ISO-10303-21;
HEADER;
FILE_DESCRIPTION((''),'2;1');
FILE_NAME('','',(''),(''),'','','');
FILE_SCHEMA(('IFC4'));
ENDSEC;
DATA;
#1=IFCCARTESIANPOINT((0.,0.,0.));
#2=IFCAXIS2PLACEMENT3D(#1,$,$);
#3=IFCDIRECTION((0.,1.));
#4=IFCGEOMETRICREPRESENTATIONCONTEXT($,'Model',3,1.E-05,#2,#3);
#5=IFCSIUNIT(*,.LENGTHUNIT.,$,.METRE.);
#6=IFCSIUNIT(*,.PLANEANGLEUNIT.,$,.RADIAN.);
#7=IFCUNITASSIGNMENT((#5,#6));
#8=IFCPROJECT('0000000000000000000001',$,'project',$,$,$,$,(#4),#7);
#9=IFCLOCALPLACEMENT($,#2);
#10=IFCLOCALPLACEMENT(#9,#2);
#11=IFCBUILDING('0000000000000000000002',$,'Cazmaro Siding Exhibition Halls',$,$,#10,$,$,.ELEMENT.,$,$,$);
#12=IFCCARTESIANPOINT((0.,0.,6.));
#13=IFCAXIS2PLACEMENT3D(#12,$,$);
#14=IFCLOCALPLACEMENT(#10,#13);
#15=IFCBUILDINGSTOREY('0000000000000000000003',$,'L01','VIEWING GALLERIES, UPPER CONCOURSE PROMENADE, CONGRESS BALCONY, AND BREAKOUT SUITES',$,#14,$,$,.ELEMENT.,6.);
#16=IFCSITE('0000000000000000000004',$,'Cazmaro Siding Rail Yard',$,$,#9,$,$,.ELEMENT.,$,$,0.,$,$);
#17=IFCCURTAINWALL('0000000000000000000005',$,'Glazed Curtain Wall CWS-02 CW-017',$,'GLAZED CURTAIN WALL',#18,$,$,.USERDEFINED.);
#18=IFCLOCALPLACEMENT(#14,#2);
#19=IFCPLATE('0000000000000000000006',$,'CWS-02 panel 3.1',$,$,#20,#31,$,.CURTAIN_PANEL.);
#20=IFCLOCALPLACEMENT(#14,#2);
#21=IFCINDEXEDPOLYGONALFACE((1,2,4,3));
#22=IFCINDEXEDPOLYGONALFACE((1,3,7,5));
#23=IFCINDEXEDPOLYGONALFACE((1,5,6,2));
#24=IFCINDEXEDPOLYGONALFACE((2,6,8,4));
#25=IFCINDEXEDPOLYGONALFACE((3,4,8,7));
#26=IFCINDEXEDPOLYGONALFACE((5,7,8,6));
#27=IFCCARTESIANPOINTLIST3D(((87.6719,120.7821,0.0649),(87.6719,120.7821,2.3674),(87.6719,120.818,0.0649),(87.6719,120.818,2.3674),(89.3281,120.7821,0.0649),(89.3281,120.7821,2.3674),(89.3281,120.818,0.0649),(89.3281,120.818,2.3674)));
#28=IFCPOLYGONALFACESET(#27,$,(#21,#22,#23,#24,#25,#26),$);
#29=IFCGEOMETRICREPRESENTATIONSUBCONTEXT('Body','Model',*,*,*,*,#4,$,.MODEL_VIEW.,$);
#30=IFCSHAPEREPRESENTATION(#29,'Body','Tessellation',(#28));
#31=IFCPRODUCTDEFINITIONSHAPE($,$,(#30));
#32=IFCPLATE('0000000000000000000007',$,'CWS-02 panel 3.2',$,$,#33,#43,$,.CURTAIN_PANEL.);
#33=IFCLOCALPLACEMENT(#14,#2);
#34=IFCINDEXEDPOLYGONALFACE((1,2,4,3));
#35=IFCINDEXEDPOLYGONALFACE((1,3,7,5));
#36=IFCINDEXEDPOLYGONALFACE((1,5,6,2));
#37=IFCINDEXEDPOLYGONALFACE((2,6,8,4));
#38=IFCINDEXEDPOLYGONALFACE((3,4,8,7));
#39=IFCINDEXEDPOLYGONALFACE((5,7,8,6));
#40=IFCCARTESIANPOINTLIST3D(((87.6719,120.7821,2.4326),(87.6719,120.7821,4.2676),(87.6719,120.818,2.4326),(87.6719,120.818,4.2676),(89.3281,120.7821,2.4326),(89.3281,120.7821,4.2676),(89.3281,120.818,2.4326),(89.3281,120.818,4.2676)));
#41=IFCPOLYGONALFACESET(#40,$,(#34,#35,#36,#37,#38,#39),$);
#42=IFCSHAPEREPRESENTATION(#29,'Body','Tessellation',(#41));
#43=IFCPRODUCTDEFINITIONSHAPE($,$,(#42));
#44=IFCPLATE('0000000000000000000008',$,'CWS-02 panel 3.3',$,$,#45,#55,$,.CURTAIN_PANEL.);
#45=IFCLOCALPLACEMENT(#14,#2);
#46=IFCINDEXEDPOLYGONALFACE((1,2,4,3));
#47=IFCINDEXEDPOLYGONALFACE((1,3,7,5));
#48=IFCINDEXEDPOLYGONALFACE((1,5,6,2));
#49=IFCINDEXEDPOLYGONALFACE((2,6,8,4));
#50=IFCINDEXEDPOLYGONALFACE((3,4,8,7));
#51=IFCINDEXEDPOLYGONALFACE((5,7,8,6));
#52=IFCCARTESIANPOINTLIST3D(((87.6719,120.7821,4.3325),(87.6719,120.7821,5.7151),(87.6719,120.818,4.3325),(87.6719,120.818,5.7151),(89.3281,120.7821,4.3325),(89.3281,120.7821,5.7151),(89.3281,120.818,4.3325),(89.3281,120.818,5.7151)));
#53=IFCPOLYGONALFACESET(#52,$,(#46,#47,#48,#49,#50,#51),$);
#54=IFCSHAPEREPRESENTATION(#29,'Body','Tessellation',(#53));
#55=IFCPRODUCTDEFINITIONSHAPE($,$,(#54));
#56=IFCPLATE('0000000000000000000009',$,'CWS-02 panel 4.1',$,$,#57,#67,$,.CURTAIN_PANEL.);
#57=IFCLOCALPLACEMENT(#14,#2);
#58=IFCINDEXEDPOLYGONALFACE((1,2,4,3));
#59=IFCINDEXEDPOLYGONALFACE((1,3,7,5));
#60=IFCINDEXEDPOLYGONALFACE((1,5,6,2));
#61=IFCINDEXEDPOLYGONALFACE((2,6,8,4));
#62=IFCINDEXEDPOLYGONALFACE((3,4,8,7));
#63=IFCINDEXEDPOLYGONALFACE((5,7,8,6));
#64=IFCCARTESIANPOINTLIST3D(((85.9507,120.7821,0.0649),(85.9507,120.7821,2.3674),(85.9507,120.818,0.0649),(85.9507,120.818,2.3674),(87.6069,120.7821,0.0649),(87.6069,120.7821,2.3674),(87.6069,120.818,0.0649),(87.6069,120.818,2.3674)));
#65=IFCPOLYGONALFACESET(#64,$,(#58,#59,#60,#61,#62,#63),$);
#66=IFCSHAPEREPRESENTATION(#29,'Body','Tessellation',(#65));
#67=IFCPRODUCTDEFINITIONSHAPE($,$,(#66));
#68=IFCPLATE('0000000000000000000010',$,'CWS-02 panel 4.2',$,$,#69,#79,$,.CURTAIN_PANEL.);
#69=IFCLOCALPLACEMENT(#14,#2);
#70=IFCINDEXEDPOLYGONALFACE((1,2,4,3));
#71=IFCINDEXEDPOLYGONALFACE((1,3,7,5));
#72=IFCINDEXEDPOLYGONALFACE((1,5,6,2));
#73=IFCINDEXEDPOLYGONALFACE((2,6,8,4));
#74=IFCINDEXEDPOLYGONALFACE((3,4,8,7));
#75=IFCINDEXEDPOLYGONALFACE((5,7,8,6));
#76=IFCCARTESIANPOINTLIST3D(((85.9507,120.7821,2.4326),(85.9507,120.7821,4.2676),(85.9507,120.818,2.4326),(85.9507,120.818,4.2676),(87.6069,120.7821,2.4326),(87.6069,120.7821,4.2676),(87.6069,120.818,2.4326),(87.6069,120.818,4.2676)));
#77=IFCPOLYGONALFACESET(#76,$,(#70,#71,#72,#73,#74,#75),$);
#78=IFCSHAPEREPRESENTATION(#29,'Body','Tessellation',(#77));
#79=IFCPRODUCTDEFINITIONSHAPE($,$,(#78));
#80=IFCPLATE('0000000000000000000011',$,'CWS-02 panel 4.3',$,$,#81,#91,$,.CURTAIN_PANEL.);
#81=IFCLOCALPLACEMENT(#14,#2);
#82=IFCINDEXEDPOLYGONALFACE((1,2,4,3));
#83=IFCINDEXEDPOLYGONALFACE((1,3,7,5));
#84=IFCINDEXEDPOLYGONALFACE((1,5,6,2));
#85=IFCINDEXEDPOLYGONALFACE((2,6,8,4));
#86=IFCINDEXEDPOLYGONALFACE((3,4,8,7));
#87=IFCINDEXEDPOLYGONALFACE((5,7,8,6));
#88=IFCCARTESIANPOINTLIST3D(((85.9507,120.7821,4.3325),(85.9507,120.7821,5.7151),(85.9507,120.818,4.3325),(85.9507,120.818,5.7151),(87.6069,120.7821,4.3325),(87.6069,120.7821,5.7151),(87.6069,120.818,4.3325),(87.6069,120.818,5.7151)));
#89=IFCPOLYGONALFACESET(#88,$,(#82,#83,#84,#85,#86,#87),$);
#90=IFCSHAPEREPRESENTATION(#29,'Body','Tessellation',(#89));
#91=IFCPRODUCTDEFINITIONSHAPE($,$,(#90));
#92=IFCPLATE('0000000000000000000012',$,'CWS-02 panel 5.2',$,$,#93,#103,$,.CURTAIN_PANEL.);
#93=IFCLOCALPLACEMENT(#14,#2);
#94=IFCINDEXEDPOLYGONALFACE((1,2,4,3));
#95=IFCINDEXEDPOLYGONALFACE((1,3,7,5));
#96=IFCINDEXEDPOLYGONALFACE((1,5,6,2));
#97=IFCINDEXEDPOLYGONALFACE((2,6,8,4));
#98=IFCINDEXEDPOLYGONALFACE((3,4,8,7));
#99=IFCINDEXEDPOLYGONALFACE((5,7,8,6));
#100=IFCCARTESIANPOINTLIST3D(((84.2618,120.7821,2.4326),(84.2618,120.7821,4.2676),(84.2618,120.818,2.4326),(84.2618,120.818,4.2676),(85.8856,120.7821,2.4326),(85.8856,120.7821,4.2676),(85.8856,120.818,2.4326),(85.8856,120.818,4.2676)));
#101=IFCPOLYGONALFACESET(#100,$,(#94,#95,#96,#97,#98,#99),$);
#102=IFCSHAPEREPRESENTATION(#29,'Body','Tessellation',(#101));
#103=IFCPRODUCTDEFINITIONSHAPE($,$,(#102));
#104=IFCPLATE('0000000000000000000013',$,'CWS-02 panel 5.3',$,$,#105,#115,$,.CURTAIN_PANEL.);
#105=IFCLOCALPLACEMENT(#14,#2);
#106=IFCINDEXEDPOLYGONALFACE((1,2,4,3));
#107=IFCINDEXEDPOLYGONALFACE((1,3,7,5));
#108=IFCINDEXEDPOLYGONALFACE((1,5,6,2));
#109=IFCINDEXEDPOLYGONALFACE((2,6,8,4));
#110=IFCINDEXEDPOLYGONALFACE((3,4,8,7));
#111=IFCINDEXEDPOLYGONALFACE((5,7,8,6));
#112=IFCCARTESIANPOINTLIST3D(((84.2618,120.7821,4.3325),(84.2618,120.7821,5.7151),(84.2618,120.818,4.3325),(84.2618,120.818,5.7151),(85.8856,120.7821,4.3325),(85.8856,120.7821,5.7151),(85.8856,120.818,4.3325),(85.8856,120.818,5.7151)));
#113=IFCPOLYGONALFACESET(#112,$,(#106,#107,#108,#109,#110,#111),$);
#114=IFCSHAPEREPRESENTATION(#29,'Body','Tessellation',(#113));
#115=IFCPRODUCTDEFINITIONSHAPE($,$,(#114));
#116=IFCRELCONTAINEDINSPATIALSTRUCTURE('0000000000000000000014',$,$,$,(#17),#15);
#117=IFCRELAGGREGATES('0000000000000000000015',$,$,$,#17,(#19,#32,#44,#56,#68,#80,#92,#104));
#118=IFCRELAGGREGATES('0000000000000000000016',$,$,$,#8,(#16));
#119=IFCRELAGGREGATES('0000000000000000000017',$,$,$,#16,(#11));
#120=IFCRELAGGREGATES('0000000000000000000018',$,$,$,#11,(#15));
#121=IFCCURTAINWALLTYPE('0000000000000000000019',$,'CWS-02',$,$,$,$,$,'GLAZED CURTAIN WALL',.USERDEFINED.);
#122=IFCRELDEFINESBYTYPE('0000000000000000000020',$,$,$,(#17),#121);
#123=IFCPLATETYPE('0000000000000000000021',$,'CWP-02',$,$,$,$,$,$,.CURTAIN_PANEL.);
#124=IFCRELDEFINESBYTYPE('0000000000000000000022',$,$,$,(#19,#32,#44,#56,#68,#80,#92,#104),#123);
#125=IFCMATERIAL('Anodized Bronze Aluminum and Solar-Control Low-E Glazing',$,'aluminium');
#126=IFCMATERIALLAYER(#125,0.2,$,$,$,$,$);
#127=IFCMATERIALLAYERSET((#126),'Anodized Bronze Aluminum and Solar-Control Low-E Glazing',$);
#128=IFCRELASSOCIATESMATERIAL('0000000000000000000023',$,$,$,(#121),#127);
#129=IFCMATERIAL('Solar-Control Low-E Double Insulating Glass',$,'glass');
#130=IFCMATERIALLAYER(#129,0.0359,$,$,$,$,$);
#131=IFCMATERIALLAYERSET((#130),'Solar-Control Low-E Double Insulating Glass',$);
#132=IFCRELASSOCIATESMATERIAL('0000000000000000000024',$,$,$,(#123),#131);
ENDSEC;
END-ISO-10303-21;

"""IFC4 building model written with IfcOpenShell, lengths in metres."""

from ifc_helpers import new_model, si_unit, direction, frame, origin, origin_2d, place, context, subcontext, project, spatial, rectangle, extrude, material, layer, layer_set, type_object, element, aggregate, save


model = new_model("IFC4")

# Units and contexts
model_context = context("Model", 3, precision=1e-05, world=origin(), true_north=direction((0.0, 1.0)))
body_context = subcontext(model_context, "Body", "Model", "MODEL_VIEW")
ifc_project = project(units=[si_unit("LENGTHUNIT", "METRE"), si_unit("PLANEANGLEUNIT", "RADIAN")], contexts=[model_context])

# Site, building, storey
site_placement = place(None, origin())
site = spatial("IfcSite", under=ifc_project, at=site_placement, Name="Cazmaro Siding Rail Yard", CompositionType="ELEMENT", RefElevation=0.0)
building_placement = place(site_placement, origin())
building = spatial("IfcBuilding", under=site, at=building_placement, Name="Cazmaro Siding Exhibition Halls", CompositionType="ELEMENT")
storey_placement = place(building_placement, frame((0.0, 0.0, 6.0)))
storey = spatial("IfcBuildingStorey", under=building, at=storey_placement, Name="L01", Description="VIEWING GALLERIES, UPPER CONCOURSE PROMENADE, CONGRESS BALCONY, AND BREAKOUT SUITES", CompositionType="ELEMENT", Elevation=6.0)

# Curtain wall, plates
ifc_material_1 = material(Name="Anodized Bronze Aluminum and Solar-Control Low-E Glazing", Category="aluminium")
ifc_layer_1 = layer(ifc_material_1, 0.2)
ifc_layer_set_1 = layer_set([ifc_layer_1], Name="Anodized Bronze Aluminum and Solar-Control Low-E Glazing")
curtain_wall_type = type_object("IfcCurtainWallType", Name="CWS-02", ElementType="GLAZED CURTAIN WALL", PredefinedType="USERDEFINED", material=ifc_layer_set_1)
curtain_wall_placement = place(storey_placement, origin())
curtain_wall = element("IfcCurtainWall", 1, at=curtain_wall_placement, inside=storey, type_object=curtain_wall_type, Name="Glazed Curtain Wall CWS-02 CW-017", ObjectType="GLAZED CURTAIN WALL", PredefinedType="USERDEFINED")
ifc_material_2 = material(Name="Solar-Control Low-E Double Insulating Glass", Category="glass")
ifc_layer_2 = layer(ifc_material_2, 0.0359)
ifc_layer_set_2 = layer_set([ifc_layer_2], Name="Solar-Control Low-E Double Insulating Glass")
plate_type = type_object("IfcPlateType", Name="CWP-02", PredefinedType="CURTAIN_PANEL", material=ifc_layer_set_2)
plate_1_placement = place(storey_placement, frame((88.5, 120.8, 0.0649), z_axis=(0.0, 0.0, 1.0), x_axis=(-1.0, 0.0, 0.0)))
plate_1 = element("IfcPlate", 2, at=plate_1_placement, type_object=plate_type, Name="CWS-02 panel 3.1", PredefinedType="CURTAIN_PANEL", context=body_context, shape_type="SweptSolid", body=[
    extrude(rectangle(XDim=1.6562, YDim=0.0359, at=origin_2d()), origin(), (0.0, 0.0, 1.0), 2.3025),
])
plate_2_placement = place(storey_placement, frame((88.5, 120.8, 2.4326), z_axis=(0.0, 0.0, 1.0), x_axis=(-1.0, 0.0, 0.0)))
plate_2 = element("IfcPlate", 3, at=plate_2_placement, type_object=plate_type, Name="CWS-02 panel 3.2", PredefinedType="CURTAIN_PANEL", context=body_context, shape_type="SweptSolid", body=[
    extrude(rectangle(XDim=1.6562, YDim=0.0359, at=origin_2d()), origin(), (0.0, 0.0, 1.0), 1.835),
])
plate_3_placement = place(storey_placement, frame((88.5, 120.8, 4.3325), z_axis=(0.0, 0.0, 1.0), x_axis=(-1.0, 0.0, 0.0)))
plate_3 = element("IfcPlate", 4, at=plate_3_placement, type_object=plate_type, Name="CWS-02 panel 3.3", PredefinedType="CURTAIN_PANEL", context=body_context, shape_type="SweptSolid", body=[
    extrude(rectangle(XDim=1.6562, YDim=0.0359, at=origin_2d()), origin(), (0.0, 0.0, 1.0), 1.3826),
])
plate_4_placement = place(storey_placement, frame((86.7788, 120.8, 0.0649), z_axis=(0.0, 0.0, 1.0), x_axis=(-1.0, 0.0, 0.0)))
plate_4 = element("IfcPlate", 5, at=plate_4_placement, type_object=plate_type, Name="CWS-02 panel 4.1", PredefinedType="CURTAIN_PANEL", context=body_context, shape_type="SweptSolid", body=[
    extrude(rectangle(XDim=1.6562, YDim=0.0359, at=origin_2d()), origin(), (0.0, 0.0, 1.0), 2.3025),
])
plate_5_placement = place(storey_placement, frame((86.7788, 120.8, 2.4326), z_axis=(0.0, 0.0, 1.0), x_axis=(-1.0, 0.0, 0.0)))
plate_5 = element("IfcPlate", 6, at=plate_5_placement, type_object=plate_type, Name="CWS-02 panel 4.2", PredefinedType="CURTAIN_PANEL", context=body_context, shape_type="SweptSolid", body=[
    extrude(rectangle(XDim=1.6562, YDim=0.0359, at=origin_2d()), origin(), (0.0, 0.0, 1.0), 1.835),
])
plate_6_placement = place(storey_placement, frame((86.7788, 120.8, 4.3325), z_axis=(0.0, 0.0, 1.0), x_axis=(-1.0, 0.0, 0.0)))
plate_6 = element("IfcPlate", 7, at=plate_6_placement, type_object=plate_type, Name="CWS-02 panel 4.3", PredefinedType="CURTAIN_PANEL", context=body_context, shape_type="SweptSolid", body=[
    extrude(rectangle(XDim=1.6562, YDim=0.0359, at=origin_2d()), origin(), (0.0, 0.0, 1.0), 1.3826),
])
plate_7_placement = place(storey_placement, frame((85.0737, 120.8, 2.4326), z_axis=(0.0, 0.0, 1.0), x_axis=(-1.0, 0.0, 0.0)))
plate_7 = element("IfcPlate", 8, at=plate_7_placement, type_object=plate_type, Name="CWS-02 panel 5.2", PredefinedType="CURTAIN_PANEL", context=body_context, shape_type="SweptSolid", body=[
    extrude(rectangle(XDim=1.6238, YDim=0.0359, at=origin_2d()), origin(), (0.0, 0.0, 1.0), 1.835),
])
plate_8_placement = place(storey_placement, frame((85.0737, 120.8, 4.3325), z_axis=(0.0, 0.0, 1.0), x_axis=(-1.0, 0.0, 0.0)))
plate_8 = element("IfcPlate", 9, at=plate_8_placement, type_object=plate_type, Name="CWS-02 panel 5.3", PredefinedType="CURTAIN_PANEL", context=body_context, shape_type="SweptSolid", body=[
    extrude(rectangle(XDim=1.6238, YDim=0.0359, at=origin_2d()), origin(), (0.0, 0.0, 1.0), 1.3826),
])
aggregate(curtain_wall, [plate_1, plate_2, plate_3, plate_4, plate_5, plate_6, plate_7, plate_8])

save(model, "model.ifc")
